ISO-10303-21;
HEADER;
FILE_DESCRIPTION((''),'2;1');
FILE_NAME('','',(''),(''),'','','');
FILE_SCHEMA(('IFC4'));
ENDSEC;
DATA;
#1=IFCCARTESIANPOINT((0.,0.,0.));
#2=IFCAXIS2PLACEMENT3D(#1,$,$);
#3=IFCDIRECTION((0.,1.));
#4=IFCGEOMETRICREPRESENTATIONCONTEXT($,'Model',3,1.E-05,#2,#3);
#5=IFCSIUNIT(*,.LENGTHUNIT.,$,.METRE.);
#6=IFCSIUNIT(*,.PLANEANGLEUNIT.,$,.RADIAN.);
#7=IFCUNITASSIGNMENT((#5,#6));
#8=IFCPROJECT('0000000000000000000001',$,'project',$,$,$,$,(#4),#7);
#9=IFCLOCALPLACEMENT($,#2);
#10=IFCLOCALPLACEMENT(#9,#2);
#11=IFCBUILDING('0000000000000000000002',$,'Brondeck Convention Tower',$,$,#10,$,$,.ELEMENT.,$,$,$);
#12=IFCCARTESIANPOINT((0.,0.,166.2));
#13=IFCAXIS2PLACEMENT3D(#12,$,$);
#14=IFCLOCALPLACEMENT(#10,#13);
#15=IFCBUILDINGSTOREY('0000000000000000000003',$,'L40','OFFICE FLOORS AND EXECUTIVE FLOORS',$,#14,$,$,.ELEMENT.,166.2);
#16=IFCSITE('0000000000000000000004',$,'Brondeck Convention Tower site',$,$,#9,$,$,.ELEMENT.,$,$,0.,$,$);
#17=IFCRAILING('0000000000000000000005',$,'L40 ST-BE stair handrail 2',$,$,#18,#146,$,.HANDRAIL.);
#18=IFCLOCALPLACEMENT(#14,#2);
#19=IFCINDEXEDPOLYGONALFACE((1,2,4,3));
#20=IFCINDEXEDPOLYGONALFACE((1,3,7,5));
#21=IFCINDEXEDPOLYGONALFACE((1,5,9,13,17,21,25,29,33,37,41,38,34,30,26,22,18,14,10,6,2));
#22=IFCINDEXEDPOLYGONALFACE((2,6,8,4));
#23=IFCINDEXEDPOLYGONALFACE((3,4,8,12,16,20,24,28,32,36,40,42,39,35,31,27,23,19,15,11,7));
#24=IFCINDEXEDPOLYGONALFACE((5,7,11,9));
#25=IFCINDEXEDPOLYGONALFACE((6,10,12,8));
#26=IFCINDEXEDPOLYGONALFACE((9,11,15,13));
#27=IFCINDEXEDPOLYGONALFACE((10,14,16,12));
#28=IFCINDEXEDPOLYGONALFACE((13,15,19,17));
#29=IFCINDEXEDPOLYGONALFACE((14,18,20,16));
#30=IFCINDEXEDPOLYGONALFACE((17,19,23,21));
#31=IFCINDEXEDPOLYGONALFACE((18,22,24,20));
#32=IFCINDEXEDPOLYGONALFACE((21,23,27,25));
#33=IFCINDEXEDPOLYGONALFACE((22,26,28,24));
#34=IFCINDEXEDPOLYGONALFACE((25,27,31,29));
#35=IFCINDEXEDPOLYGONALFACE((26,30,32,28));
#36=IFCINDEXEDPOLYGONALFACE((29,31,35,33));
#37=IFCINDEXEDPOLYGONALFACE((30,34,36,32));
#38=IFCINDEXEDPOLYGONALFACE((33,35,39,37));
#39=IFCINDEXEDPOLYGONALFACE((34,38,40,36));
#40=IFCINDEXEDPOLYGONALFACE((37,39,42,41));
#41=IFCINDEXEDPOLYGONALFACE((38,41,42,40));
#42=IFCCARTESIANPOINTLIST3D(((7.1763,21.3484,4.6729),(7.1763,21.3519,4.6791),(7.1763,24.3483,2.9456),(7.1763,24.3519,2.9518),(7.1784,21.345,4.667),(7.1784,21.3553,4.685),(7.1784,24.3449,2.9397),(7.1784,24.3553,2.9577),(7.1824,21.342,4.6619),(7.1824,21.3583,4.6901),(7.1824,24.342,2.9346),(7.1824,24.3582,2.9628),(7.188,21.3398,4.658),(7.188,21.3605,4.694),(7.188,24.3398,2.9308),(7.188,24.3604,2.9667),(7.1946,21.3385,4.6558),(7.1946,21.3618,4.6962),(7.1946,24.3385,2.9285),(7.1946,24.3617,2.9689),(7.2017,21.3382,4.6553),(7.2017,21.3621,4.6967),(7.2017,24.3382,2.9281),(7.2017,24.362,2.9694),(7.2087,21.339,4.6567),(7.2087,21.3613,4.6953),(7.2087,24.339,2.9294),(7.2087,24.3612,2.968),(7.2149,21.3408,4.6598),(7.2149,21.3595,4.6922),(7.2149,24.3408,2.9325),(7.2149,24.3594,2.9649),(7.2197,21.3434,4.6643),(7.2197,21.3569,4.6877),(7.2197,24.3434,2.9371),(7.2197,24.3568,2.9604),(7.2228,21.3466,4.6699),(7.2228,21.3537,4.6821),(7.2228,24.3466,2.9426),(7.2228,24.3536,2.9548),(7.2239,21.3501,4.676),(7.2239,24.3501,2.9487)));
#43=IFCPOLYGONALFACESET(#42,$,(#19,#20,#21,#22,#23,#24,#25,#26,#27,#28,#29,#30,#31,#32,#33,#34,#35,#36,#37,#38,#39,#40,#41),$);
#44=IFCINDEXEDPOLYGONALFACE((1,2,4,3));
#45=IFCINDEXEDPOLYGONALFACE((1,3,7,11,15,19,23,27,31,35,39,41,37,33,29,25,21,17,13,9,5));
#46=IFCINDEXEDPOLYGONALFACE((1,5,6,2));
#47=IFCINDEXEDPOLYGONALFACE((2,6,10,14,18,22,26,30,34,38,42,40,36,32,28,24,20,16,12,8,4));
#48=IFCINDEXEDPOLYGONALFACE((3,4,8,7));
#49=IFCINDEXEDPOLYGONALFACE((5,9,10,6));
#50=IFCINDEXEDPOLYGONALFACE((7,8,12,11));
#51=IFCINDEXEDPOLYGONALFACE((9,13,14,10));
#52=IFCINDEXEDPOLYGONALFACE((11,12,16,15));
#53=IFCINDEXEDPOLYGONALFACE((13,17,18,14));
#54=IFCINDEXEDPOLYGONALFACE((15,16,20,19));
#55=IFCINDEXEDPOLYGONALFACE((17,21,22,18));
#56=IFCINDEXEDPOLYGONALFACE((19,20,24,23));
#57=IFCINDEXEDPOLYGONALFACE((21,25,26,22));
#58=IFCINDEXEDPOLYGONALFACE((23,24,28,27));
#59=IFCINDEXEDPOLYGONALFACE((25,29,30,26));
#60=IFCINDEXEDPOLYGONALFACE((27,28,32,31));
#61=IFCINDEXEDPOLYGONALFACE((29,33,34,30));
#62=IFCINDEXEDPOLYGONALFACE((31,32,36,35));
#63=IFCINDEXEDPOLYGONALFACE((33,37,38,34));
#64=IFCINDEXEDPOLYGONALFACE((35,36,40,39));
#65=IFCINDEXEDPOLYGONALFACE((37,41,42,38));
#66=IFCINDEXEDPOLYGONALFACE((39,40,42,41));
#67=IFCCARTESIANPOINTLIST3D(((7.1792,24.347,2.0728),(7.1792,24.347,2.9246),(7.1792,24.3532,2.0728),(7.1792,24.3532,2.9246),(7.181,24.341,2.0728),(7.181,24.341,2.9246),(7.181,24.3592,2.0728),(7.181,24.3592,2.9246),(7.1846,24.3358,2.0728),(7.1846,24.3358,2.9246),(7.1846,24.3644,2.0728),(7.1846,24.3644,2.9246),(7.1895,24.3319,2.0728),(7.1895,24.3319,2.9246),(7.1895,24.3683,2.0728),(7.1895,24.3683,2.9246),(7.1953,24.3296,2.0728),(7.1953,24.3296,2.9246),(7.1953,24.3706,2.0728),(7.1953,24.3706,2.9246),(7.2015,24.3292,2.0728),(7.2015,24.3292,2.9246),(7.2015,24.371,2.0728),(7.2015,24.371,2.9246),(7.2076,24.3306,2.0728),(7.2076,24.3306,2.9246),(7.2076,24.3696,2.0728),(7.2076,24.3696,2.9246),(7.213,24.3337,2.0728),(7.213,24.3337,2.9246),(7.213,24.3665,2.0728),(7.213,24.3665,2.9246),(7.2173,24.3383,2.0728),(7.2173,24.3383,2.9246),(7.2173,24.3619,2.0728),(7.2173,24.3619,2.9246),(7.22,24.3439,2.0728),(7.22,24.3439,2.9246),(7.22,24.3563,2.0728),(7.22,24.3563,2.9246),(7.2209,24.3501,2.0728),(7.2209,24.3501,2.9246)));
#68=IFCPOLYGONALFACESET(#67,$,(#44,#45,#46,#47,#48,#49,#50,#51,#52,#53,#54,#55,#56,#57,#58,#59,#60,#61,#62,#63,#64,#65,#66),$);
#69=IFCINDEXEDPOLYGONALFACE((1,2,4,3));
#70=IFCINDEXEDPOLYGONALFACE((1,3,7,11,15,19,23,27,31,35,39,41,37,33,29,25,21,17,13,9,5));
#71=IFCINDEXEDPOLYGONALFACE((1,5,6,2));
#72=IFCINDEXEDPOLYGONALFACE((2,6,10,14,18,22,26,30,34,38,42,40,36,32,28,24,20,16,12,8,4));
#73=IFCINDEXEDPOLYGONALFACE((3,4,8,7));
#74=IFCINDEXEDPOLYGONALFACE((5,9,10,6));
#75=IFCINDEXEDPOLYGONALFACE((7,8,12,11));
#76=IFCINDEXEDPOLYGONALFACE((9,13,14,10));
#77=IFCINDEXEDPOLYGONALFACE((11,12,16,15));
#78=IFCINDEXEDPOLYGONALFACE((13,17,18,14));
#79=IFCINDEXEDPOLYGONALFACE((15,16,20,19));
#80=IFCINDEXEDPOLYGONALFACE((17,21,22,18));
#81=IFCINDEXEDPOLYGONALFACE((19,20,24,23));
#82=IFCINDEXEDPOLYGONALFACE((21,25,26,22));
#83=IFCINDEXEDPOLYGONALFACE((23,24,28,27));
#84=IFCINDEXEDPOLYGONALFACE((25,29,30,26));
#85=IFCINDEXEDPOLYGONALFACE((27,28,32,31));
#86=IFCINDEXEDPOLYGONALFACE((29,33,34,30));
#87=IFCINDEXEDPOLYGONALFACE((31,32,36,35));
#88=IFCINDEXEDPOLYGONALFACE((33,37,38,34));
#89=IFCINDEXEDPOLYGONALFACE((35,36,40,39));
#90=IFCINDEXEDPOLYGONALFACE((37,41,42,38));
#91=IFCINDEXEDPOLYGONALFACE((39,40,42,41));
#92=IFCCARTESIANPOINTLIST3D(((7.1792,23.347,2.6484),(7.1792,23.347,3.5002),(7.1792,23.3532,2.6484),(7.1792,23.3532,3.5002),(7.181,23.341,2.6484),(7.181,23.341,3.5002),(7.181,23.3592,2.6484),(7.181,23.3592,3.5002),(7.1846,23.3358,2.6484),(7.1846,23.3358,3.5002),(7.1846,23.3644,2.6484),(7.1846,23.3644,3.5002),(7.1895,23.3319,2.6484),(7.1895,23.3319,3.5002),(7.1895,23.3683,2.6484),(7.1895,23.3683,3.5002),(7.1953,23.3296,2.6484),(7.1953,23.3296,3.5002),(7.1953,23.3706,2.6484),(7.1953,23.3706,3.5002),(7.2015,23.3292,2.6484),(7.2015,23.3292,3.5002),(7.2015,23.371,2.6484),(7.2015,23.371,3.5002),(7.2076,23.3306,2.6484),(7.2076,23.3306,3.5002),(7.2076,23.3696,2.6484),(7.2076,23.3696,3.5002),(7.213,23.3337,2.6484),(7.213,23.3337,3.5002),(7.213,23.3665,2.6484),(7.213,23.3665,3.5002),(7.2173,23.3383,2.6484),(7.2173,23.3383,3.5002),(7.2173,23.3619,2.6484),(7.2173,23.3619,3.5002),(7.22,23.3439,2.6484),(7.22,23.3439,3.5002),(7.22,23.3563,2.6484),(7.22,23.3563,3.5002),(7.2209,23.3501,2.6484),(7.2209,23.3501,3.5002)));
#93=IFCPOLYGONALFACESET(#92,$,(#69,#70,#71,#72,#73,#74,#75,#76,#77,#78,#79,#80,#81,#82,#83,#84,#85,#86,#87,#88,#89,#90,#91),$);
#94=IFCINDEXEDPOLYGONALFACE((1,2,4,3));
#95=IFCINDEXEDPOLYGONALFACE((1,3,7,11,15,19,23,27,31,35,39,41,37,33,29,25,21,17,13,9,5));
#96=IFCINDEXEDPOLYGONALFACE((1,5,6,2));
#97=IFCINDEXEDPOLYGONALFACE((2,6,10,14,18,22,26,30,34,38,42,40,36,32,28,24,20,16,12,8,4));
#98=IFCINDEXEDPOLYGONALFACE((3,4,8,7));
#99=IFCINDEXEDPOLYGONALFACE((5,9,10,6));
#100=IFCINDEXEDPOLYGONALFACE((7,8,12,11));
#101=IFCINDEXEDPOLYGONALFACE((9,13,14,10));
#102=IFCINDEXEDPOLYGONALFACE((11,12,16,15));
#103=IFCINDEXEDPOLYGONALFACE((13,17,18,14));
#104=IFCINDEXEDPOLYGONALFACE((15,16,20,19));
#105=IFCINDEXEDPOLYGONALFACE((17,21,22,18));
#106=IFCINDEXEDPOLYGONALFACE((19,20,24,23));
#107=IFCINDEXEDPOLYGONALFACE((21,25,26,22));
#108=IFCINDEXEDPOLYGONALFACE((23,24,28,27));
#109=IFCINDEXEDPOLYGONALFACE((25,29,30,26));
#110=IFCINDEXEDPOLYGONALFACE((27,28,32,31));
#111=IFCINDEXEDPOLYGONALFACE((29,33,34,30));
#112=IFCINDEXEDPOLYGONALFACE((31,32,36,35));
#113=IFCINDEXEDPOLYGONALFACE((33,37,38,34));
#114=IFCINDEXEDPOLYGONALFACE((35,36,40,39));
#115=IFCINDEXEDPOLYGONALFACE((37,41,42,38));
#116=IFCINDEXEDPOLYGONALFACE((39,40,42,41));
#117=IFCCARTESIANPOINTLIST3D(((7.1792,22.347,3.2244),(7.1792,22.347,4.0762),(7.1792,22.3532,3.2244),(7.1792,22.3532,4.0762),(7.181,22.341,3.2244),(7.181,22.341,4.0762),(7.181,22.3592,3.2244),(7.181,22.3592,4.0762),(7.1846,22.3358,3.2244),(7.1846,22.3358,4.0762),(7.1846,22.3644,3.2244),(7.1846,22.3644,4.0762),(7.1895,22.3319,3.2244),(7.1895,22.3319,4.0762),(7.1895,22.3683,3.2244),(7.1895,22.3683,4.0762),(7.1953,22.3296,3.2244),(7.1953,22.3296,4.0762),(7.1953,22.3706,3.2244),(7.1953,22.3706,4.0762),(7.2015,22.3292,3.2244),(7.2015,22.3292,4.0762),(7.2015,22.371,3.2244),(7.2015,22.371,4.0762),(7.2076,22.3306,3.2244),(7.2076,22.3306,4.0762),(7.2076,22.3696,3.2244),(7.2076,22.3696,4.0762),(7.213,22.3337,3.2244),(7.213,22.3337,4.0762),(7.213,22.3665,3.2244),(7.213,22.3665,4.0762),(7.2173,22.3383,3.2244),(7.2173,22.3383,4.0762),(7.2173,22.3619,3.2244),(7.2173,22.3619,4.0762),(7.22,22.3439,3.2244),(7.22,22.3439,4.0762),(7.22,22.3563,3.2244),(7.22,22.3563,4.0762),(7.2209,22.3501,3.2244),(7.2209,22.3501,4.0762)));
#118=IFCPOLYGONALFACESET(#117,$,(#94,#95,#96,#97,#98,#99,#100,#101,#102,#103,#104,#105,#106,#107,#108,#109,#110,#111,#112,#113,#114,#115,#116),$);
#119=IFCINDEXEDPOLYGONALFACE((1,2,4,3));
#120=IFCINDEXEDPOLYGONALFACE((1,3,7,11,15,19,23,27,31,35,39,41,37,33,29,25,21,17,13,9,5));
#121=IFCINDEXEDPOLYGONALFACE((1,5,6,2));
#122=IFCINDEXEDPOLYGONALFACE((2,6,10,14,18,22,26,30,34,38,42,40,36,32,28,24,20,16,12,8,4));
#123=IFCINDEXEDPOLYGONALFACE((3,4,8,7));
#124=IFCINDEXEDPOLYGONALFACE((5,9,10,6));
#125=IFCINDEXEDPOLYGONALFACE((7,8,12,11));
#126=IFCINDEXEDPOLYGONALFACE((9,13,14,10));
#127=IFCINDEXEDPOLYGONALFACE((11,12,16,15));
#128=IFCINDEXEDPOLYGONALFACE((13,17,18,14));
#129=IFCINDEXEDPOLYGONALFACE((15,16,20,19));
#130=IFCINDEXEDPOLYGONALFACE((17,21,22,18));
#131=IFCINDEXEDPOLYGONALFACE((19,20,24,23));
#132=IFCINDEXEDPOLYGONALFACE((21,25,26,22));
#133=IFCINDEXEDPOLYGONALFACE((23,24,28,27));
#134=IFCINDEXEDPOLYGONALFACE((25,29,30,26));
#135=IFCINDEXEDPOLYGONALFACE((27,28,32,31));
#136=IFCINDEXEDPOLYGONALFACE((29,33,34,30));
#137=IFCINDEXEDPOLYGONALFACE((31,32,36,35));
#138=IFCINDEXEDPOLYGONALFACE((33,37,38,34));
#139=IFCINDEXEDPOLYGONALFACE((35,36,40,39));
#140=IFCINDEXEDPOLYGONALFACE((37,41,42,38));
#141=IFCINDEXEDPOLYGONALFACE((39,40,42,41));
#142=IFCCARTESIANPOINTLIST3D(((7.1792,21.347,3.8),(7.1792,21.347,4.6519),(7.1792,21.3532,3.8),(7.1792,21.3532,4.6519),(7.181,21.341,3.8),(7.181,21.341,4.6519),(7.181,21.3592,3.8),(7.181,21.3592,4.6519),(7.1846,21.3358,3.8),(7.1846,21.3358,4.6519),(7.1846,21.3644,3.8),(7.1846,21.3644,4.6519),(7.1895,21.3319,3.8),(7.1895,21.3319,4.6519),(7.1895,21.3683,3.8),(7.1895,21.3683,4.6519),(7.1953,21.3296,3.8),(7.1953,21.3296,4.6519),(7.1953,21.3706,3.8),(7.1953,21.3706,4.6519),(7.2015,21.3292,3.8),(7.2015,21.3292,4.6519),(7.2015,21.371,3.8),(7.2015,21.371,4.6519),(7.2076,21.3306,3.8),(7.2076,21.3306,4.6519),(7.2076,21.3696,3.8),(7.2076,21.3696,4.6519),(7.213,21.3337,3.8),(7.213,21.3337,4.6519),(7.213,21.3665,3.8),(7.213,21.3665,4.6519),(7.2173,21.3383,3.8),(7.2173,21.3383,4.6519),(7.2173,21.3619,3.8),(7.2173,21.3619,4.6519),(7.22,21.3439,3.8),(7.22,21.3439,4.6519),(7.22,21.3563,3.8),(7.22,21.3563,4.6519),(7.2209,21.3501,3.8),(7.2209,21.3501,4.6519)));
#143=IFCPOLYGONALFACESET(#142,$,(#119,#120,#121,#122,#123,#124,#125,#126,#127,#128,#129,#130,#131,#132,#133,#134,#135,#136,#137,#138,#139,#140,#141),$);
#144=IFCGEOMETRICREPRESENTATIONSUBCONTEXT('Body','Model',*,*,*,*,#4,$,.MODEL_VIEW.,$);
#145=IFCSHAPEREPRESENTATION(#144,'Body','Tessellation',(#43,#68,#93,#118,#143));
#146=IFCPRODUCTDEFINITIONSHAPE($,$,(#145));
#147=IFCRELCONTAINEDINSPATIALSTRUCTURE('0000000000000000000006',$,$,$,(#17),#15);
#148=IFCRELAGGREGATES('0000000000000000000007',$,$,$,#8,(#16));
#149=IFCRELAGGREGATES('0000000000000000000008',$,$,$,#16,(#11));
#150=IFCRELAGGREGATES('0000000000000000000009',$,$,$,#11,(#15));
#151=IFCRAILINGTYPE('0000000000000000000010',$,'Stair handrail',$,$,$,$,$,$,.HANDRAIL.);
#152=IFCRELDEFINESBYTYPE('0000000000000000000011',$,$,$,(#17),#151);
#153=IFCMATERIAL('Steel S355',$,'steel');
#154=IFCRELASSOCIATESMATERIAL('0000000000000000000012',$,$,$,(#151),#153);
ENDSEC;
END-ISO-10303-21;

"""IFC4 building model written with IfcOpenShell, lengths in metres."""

from ifc_helpers import new_model, si_unit, direction, frame, origin, origin_2d, place, context, subcontext, project, spatial, circle, extrude, material, type_object, element, save


model = new_model("IFC4")

# Units and contexts
model_context = context("Model", 3, precision=1e-05, world=origin(), true_north=direction((0.0, 1.0)))
body_context = subcontext(model_context, "Body", "Model", "MODEL_VIEW")
ifc_project = project(units=[si_unit("LENGTHUNIT", "METRE"), si_unit("PLANEANGLEUNIT", "RADIAN")], contexts=[model_context])

# Site, building, storey
site_placement = place(None, origin())
site = spatial("IfcSite", under=ifc_project, at=site_placement, Name="Brondeck Convention Tower site", CompositionType="ELEMENT", RefElevation=0.0)
building_placement = place(site_placement, origin())
building = spatial("IfcBuilding", under=site, at=building_placement, Name="Brondeck Convention Tower", CompositionType="ELEMENT")
storey_placement = place(building_placement, frame((0.0, 0.0, 166.2)))
storey = spatial("IfcBuildingStorey", under=building, at=storey_placement, Name="L40", Description="OFFICE FLOORS AND EXECUTIVE FLOORS", CompositionType="ELEMENT", Elevation=166.2)

# Shared definitions
ifc_material_1 = material(Name="Steel S355", Category="steel")

# Railing
railing_type_1 = type_object("IfcRailingType", Name="Stair handrail", PredefinedType="HANDRAIL", material=ifc_material_1)
railing_1_placement = place(storey_placement, frame((7.2, 24.3501, 2.0728)))
element("IfcRailing", 1, at=railing_1_placement, inside=storey, type_object=railing_type_1, Name="L40 ST-BE stair handrail 2", PredefinedType="HANDRAIL", context=body_context, shape_type="SweptSolid", body=[
    extrude(circle(Radius=0.0239, at=origin_2d()), frame((0.0, 0.0, 0.876), z_axis=(0.0, -0.86662, 0.498969), x_axis=(1.0, 0.0, 0.0)), (0.0, 0.0, 1.0), 3.4617),
    extrude(circle(Radius=0.021, at=origin_2d()), origin(), (0.0, 0.0, 1.0), 0.8518),
    extrude(circle(Radius=0.021, at=origin_2d()), frame((0.0, -1.0, 0.5757)), (0.0, 0.0, 1.0), 0.8518),
    extrude(circle(Radius=0.021, at=origin_2d()), frame((0.0, -2.0, 1.1516)), (0.0, 0.0, 1.0), 0.8518),
    extrude(circle(Radius=0.021, at=origin_2d()), frame((0.0, -3.0, 1.7273)), (0.0, 0.0, 1.0), 0.8518),
])

save(model, "model.ifc")
